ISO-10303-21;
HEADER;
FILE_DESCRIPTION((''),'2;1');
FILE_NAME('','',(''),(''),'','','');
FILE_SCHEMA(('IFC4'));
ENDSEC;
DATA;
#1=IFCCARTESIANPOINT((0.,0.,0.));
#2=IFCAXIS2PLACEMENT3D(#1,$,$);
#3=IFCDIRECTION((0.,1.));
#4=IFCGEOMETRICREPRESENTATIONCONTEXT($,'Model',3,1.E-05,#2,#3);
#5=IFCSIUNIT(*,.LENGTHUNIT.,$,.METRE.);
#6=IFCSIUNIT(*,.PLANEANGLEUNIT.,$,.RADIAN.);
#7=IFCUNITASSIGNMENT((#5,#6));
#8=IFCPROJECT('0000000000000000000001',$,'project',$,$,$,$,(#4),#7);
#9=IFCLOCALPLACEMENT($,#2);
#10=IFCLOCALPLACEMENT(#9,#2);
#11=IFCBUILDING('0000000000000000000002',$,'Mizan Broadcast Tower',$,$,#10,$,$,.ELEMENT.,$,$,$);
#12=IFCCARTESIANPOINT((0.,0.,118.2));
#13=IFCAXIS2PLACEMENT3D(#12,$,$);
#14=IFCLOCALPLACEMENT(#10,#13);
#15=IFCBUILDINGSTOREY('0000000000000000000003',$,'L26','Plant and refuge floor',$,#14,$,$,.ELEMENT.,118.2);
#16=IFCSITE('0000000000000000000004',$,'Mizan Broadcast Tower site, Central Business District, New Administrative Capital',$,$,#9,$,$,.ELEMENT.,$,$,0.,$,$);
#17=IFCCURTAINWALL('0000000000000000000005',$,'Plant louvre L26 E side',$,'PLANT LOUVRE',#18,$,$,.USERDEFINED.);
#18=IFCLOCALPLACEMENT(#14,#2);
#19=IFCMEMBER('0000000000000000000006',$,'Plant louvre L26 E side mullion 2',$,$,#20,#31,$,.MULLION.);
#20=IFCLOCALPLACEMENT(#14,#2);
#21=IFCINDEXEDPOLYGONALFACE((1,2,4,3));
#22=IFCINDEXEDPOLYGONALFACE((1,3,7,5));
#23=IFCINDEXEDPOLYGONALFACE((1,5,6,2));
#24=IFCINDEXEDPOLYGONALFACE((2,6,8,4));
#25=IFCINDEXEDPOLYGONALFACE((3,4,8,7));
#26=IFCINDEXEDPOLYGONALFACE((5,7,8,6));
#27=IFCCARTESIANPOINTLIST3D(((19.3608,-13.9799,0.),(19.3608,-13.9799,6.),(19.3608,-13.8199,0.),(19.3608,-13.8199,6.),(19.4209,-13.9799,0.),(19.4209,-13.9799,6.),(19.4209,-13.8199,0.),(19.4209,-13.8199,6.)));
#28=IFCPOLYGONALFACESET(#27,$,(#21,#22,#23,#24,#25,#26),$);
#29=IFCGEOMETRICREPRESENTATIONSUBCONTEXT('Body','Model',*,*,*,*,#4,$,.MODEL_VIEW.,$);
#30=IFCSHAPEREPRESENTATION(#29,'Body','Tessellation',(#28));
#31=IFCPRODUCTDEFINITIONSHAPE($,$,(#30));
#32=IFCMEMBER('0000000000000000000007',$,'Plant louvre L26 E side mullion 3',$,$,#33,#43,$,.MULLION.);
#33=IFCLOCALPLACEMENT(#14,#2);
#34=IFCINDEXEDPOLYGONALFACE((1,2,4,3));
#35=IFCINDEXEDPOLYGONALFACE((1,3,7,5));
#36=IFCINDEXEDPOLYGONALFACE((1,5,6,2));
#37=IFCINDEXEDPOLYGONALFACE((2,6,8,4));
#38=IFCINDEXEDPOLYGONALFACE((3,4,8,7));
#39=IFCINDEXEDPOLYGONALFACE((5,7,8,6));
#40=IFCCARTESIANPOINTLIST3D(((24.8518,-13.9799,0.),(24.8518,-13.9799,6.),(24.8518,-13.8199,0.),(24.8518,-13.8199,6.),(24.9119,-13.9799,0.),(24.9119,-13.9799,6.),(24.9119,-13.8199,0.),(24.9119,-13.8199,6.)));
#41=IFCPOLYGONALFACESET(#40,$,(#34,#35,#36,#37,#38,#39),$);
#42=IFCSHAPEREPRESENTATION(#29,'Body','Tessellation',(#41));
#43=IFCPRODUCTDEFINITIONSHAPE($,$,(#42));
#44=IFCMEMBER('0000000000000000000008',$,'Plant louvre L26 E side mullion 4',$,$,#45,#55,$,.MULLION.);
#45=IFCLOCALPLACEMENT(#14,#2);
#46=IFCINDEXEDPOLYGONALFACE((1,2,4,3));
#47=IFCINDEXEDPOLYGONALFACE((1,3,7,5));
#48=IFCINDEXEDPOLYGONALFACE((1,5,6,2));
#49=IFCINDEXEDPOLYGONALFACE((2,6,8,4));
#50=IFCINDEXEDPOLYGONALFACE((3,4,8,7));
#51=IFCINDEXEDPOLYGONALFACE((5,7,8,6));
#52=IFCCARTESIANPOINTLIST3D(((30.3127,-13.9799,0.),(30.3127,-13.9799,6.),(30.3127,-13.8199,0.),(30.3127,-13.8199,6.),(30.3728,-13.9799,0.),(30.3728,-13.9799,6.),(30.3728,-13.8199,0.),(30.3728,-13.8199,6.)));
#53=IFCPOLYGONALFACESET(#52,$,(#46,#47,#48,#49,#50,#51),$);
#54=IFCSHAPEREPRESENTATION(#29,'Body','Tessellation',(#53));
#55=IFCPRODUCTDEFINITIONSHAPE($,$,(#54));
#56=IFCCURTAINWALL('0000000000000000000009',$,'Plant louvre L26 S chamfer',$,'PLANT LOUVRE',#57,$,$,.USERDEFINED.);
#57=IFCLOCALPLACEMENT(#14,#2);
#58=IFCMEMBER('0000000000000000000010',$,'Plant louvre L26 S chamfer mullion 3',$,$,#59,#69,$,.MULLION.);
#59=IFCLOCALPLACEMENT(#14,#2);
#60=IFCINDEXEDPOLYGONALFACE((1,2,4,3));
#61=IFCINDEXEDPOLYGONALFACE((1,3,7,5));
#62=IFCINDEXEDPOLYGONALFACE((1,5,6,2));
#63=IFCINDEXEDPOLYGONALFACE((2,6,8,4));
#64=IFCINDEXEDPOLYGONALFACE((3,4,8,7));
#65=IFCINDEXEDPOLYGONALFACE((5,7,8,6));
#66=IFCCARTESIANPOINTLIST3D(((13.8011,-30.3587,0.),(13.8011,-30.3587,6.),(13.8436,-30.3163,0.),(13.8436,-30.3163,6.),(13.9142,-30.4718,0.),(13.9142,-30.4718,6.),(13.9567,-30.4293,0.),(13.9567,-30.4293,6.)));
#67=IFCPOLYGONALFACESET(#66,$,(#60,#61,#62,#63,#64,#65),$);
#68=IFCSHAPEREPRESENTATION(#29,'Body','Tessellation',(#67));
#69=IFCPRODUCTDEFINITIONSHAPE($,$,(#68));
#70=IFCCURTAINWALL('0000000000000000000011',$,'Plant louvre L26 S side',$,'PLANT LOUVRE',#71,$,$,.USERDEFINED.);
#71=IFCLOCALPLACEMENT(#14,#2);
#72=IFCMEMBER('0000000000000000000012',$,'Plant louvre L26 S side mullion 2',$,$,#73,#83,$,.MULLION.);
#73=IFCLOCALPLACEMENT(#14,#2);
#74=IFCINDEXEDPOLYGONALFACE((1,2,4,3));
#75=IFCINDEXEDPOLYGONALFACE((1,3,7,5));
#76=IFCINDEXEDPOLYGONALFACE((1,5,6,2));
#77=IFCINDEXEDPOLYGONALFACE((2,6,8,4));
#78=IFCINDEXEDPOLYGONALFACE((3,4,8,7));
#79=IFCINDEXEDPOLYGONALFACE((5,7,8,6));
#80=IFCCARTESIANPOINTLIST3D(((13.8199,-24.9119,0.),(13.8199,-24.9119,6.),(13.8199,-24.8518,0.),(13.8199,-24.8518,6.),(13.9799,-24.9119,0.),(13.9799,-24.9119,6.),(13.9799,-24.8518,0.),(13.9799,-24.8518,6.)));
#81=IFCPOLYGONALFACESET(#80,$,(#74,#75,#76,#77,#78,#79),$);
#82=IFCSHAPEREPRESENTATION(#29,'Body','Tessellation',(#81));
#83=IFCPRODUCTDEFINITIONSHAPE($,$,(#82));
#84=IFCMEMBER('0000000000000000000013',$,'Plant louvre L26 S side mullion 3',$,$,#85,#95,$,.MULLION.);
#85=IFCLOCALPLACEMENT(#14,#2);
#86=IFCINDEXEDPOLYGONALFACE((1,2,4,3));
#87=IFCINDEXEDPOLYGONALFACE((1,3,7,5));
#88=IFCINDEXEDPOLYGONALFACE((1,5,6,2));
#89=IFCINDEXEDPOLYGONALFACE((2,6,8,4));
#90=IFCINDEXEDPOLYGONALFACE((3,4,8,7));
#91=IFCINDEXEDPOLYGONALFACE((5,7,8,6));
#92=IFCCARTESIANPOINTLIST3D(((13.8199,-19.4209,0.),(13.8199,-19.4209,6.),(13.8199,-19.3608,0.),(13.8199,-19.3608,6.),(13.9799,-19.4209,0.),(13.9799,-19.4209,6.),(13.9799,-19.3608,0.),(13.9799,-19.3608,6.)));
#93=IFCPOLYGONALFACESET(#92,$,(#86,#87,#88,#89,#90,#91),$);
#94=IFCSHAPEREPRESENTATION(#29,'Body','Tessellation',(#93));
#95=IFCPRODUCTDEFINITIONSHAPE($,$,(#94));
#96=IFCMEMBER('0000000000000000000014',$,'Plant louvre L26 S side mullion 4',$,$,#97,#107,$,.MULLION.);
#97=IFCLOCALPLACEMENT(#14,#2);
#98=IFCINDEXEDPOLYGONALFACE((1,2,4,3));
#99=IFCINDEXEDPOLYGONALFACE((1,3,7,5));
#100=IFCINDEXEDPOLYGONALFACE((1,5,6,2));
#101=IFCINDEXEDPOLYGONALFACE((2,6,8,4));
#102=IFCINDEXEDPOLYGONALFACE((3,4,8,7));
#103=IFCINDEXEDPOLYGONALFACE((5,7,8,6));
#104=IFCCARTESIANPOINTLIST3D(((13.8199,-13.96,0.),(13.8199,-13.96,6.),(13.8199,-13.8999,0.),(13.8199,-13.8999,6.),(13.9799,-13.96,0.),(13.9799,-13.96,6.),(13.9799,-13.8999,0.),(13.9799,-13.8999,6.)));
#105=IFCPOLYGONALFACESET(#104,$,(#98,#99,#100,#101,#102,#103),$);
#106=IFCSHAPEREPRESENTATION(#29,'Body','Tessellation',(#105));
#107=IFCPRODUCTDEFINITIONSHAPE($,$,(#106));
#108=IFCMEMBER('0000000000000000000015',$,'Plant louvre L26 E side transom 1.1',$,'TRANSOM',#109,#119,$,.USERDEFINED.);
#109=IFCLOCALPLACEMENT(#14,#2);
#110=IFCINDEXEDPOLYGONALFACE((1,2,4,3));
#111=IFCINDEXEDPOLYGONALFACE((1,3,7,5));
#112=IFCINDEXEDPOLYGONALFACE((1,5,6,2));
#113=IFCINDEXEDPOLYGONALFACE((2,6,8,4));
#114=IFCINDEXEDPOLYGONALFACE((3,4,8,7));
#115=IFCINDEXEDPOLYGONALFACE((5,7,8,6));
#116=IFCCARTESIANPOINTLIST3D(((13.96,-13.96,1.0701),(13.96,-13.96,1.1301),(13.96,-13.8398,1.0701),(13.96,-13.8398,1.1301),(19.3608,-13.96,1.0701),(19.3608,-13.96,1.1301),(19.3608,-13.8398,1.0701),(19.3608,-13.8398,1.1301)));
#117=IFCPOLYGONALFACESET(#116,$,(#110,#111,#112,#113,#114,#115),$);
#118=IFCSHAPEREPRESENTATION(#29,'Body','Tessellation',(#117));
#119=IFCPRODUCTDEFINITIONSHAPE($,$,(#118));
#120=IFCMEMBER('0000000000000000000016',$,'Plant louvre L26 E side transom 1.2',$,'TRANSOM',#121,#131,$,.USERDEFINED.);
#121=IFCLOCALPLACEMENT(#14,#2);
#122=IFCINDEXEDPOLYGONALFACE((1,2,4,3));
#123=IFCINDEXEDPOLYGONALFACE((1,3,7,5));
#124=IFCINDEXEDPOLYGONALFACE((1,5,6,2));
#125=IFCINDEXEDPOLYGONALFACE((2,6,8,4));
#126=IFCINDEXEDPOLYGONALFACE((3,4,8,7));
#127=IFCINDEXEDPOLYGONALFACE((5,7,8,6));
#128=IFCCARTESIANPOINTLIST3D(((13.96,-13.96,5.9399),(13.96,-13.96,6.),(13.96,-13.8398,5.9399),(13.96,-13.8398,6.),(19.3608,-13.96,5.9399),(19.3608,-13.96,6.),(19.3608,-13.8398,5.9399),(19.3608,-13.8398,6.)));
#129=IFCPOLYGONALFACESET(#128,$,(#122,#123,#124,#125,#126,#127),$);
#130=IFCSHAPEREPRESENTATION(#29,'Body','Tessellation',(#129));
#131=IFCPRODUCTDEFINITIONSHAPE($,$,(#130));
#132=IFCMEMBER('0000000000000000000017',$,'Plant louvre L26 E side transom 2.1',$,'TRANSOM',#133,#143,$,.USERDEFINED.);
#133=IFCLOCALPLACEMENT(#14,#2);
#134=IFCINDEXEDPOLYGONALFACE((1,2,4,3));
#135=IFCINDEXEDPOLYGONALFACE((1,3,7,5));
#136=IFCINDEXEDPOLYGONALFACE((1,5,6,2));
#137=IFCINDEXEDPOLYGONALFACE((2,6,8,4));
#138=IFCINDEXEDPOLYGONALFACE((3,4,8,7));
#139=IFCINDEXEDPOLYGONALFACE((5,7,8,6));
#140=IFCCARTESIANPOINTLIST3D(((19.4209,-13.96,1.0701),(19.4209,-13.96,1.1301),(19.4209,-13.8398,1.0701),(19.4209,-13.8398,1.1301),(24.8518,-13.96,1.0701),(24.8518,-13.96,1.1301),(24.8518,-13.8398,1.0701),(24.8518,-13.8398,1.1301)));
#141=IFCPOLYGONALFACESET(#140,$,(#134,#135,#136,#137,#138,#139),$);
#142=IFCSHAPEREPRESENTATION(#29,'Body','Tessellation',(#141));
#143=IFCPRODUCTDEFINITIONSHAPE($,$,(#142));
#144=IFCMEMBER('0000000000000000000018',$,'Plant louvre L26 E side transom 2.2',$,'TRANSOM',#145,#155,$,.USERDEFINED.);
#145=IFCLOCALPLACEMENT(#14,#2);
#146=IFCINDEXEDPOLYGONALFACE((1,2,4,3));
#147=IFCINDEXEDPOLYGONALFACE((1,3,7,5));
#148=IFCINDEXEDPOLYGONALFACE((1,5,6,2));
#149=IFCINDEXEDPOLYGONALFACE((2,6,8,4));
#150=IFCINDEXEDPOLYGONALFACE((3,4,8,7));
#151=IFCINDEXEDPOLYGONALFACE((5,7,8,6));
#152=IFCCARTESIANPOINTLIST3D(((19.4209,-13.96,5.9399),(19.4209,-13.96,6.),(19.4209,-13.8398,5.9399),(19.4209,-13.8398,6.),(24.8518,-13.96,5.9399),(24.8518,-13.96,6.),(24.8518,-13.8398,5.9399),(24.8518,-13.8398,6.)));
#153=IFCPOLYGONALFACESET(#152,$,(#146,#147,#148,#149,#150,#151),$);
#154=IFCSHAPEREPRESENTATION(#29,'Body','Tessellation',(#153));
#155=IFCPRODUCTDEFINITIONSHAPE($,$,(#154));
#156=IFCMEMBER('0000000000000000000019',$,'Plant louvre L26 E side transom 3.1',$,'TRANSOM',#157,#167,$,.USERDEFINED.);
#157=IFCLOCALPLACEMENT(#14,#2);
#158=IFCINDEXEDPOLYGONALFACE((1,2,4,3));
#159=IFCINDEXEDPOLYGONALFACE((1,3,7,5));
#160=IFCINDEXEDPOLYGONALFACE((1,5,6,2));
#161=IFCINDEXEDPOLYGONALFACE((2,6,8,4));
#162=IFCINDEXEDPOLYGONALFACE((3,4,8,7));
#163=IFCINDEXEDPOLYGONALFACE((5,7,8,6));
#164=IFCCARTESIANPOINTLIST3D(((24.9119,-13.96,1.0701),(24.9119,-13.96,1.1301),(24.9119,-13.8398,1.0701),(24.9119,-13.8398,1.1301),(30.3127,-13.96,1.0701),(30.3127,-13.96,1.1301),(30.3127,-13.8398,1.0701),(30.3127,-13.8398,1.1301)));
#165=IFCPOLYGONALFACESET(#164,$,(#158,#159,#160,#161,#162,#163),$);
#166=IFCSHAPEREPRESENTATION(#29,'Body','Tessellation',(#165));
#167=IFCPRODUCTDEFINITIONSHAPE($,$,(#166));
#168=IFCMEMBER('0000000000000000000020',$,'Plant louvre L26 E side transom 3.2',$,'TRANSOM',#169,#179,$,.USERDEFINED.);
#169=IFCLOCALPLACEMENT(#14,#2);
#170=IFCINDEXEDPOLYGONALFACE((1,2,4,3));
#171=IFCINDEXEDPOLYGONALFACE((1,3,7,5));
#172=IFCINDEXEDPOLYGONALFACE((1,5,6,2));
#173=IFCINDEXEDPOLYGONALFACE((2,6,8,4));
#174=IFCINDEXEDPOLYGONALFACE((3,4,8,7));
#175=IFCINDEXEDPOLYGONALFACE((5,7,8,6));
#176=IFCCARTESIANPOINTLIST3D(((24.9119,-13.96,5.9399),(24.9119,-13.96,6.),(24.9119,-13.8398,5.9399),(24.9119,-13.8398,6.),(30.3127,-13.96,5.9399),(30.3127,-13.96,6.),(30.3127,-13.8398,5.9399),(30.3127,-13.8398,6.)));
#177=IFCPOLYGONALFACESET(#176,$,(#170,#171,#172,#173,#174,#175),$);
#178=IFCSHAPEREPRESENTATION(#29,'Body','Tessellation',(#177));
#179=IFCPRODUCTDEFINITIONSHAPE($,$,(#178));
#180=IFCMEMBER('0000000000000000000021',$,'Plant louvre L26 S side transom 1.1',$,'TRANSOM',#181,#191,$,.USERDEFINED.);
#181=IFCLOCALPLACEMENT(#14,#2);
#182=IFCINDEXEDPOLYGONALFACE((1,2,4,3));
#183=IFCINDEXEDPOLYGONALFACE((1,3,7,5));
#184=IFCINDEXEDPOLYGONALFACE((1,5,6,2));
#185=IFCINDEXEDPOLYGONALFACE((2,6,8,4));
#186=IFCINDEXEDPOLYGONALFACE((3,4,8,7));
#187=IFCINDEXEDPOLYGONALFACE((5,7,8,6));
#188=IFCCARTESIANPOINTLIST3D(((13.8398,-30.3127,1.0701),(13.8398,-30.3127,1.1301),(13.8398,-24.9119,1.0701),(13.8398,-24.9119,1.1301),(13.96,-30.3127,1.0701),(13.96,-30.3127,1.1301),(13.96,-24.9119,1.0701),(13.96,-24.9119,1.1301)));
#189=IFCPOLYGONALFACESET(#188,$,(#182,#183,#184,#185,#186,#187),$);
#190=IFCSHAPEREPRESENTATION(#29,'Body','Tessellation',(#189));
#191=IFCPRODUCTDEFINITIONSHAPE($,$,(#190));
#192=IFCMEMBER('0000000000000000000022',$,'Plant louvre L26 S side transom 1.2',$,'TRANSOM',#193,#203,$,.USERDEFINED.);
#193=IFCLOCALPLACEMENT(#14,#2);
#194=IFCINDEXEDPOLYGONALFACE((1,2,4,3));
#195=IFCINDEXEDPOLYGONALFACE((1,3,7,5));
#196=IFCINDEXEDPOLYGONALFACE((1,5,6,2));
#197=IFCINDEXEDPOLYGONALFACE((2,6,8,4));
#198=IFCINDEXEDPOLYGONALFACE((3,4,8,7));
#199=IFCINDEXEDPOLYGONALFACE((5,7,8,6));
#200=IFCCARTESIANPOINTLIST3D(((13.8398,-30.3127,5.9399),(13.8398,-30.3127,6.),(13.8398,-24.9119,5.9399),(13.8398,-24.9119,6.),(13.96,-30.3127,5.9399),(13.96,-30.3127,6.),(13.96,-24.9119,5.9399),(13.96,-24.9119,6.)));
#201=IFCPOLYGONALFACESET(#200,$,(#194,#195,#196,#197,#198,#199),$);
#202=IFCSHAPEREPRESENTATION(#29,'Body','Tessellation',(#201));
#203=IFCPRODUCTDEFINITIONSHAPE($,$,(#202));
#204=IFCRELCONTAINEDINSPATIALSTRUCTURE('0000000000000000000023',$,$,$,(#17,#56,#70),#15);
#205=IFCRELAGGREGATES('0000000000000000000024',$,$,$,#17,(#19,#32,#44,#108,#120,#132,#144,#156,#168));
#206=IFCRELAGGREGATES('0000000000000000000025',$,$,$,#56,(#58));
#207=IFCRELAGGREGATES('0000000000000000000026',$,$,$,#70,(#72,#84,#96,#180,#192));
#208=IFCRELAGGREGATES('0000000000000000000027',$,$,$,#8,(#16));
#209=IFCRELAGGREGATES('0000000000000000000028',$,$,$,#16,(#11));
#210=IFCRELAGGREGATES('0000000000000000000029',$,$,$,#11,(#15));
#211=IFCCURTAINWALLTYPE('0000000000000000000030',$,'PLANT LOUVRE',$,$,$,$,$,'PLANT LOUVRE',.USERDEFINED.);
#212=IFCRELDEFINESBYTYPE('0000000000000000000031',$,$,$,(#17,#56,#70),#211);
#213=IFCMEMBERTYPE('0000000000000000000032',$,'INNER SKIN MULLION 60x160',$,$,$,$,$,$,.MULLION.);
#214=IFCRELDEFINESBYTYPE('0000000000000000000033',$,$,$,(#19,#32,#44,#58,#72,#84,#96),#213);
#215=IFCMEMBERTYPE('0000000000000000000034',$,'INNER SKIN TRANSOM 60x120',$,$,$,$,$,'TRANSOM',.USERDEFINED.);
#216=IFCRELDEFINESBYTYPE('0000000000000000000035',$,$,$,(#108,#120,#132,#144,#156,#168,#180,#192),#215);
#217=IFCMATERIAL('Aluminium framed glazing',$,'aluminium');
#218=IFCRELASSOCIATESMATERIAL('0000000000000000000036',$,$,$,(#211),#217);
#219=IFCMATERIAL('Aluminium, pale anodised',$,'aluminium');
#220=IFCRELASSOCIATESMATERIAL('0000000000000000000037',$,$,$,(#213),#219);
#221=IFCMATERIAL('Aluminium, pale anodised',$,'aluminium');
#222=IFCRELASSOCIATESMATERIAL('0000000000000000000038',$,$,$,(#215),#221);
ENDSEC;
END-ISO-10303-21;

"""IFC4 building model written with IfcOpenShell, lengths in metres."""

from ifc_helpers import new_model, si_unit, direction, frame, origin, origin_2d, place, context, subcontext, project, spatial, rectangle, extrude, material, material_profile, profile_set, type_object, element, aggregate, save


model = new_model("IFC4")

# Units and contexts
model_context = context("Model", 3, precision=1e-05, world=origin(), true_north=direction((0.0, 1.0)))
body_context = subcontext(model_context, "Body", "Model", "MODEL_VIEW")
ifc_project = project(units=[si_unit("LENGTHUNIT", "METRE"), si_unit("PLANEANGLEUNIT", "RADIAN")], contexts=[model_context])

# Site, building, storey
site_placement = place(None, origin())
site = spatial("IfcSite", under=ifc_project, at=site_placement, Name="Mizan Broadcast Tower site, Central Business District, New Administrative Capital", CompositionType="ELEMENT", RefElevation=0.0)
building_placement = place(site_placement, origin())
building = spatial("IfcBuilding", under=site, at=building_placement, Name="Mizan Broadcast Tower", CompositionType="ELEMENT")
storey_placement = place(building_placement, frame((0.0, 0.0, 118.2)))
storey = spatial("IfcBuildingStorey", under=building, at=storey_placement, Name="L26", Description="Plant and refuge floor", CompositionType="ELEMENT", Elevation=118.2)

# Curtain wall, members
ifc_material_1 = material(Name="Aluminium framed glazing", Category="aluminium")
curtain_wall_type = type_object("IfcCurtainWallType", Name="PLANT LOUVRE", ElementType="PLANT LOUVRE", PredefinedType="USERDEFINED", material=ifc_material_1)
curtain_wall_1_placement = place(storey_placement, origin())
curtain_wall_1 = element("IfcCurtainWall", 1, at=curtain_wall_1_placement, inside=storey, type_object=curtain_wall_type, Name="Plant louvre L26 E side", ObjectType="PLANT LOUVRE", PredefinedType="USERDEFINED")
ifc_material_2 = material(Name="Aluminium, pale anodised", Category="aluminium")
ifc_material_profile_1 = material_profile(ifc_material_2, rectangle(XDim=0.1599, YDim=0.0601, at=origin_2d()), Name="MULLION 160x60")
ifc_profile_set_1 = profile_set([ifc_material_profile_1], Name="Aluminium, pale anodised")
member_type_1 = type_object("IfcMemberType", Name="INNER SKIN MULLION 60x160", PredefinedType="MULLION", material=ifc_profile_set_1)
member_1_placement = place(storey_placement, frame((19.3909, -13.8999, 0.0), z_axis=(0.0, 0.0, 1.0), x_axis=(0.0, 1.0, 0.0)))
member_1 = element("IfcMember", 2, at=member_1_placement, type_object=member_type_1, Name="Plant louvre L26 E side mullion 2", PredefinedType="MULLION", context=body_context, shape_type="SweptSolid", body=[
    extrude(rectangle(XDim=0.1599, YDim=0.0601, at=origin_2d()), origin(), (0.0, 0.0, 1.0), 6.0),
])
member_2_placement = place(storey_placement, frame((24.8818, -13.8999, 0.0), z_axis=(0.0, 0.0, 1.0), x_axis=(0.0, 1.0, 0.0)))
member_2 = element("IfcMember", 3, at=member_2_placement, type_object=member_type_1, Name="Plant louvre L26 E side mullion 3", PredefinedType="MULLION", context=body_context, shape_type="SweptSolid", body=[
    extrude(rectangle(XDim=0.1599, YDim=0.0601, at=origin_2d()), origin(), (0.0, 0.0, 1.0), 6.0),
])
member_3_placement = place(storey_placement, frame((30.3428, -13.8999, 0.0), z_axis=(0.0, 0.0, 1.0), x_axis=(0.0, 1.0, 0.0)))
member_3 = element("IfcMember", 4, at=member_3_placement, type_object=member_type_1, Name="Plant louvre L26 E side mullion 4", PredefinedType="MULLION", context=body_context, shape_type="SweptSolid", body=[
    extrude(rectangle(XDim=0.1599, YDim=0.0601, at=origin_2d()), origin(), (0.0, 0.0, 1.0), 6.0),
])

# Curtain wall, member
curtain_wall_2_placement = place(storey_placement, origin())
curtain_wall_2 = element("IfcCurtainWall", 5, at=curtain_wall_2_placement, inside=storey, type_object=curtain_wall_type, Name="Plant louvre L26 S chamfer", ObjectType="PLANT LOUVRE", PredefinedType="USERDEFINED")
member_4_placement = place(storey_placement, frame((13.8789, -30.394, 0.0), z_axis=(0.0, 0.0, 1.0), x_axis=(-0.707107, 0.707107, 0.0)))
member_4 = element("IfcMember", 6, at=member_4_placement, type_object=member_type_1, Name="Plant louvre L26 S chamfer mullion 3", PredefinedType="MULLION", context=body_context, shape_type="SweptSolid", body=[
    extrude(rectangle(XDim=0.1599, YDim=0.0601, at=origin_2d()), origin(), (0.0, 0.0, 1.0), 6.0),
])

# Curtain wall, members
curtain_wall_3_placement = place(storey_placement, origin())
curtain_wall_3 = element("IfcCurtainWall", 7, at=curtain_wall_3_placement, inside=storey, type_object=curtain_wall_type, Name="Plant louvre L26 S side", ObjectType="PLANT LOUVRE", PredefinedType="USERDEFINED")
member_5_placement = place(storey_placement, frame((13.8999, -24.8818, 0.0), z_axis=(0.0, 0.0, 1.0), x_axis=(-1.0, 0.0, 0.0)))
member_5 = element("IfcMember", 8, at=member_5_placement, type_object=member_type_1, Name="Plant louvre L26 S side mullion 2", PredefinedType="MULLION", context=body_context, shape_type="SweptSolid", body=[
    extrude(rectangle(XDim=0.1599, YDim=0.0601, at=origin_2d()), origin(), (0.0, 0.0, 1.0), 6.0),
])
member_6_placement = place(storey_placement, frame((13.8999, -19.3909, 0.0), z_axis=(0.0, 0.0, 1.0), x_axis=(-1.0, 0.0, 0.0)))
member_6 = element("IfcMember", 9, at=member_6_placement, type_object=member_type_1, Name="Plant louvre L26 S side mullion 3", PredefinedType="MULLION", context=body_context, shape_type="SweptSolid", body=[
    extrude(rectangle(XDim=0.1599, YDim=0.0601, at=origin_2d()), origin(), (0.0, 0.0, 1.0), 6.0),
])
member_7_placement = place(storey_placement, frame((13.8999, -13.9299, 0.0), z_axis=(0.0, 0.0, 1.0), x_axis=(-1.0, 0.0, 0.0)))
member_7 = element("IfcMember", 10, at=member_7_placement, type_object=member_type_1, Name="Plant louvre L26 S side mullion 4", PredefinedType="MULLION", context=body_context, shape_type="SweptSolid", body=[
    extrude(rectangle(XDim=0.1599, YDim=0.0601, at=origin_2d()), origin(), (0.0, 0.0, 1.0), 6.0),
])

# Members
ifc_material_3 = material(Name="Aluminium, pale anodised", Category="aluminium")
ifc_material_profile_2 = material_profile(ifc_material_3, rectangle(XDim=0.1201, YDim=0.0601, at=origin_2d()), Name="TRANSOM 120x60")
ifc_profile_set_2 = profile_set([ifc_material_profile_2], Name="Aluminium, pale anodised")
member_type_2 = type_object("IfcMemberType", Name="INNER SKIN TRANSOM 60x120", ElementType="TRANSOM", PredefinedType="USERDEFINED", material=ifc_profile_set_2)
member_8_placement = place(storey_placement, frame((13.96, -13.8999, 1.1001), z_axis=(1.0, 0.0, 0.0), x_axis=(0.0, 1.0, 0.0)))
member_8 = element("IfcMember", 11, at=member_8_placement, type_object=member_type_2, Name="Plant louvre L26 E side transom 1.1", ObjectType="TRANSOM", PredefinedType="USERDEFINED", context=body_context, shape_type="SweptSolid", body=[
    extrude(rectangle(XDim=0.1201, YDim=0.0601, at=origin_2d()), origin(), (0.0, 0.0, 1.0), 5.4009),
])
member_9_placement = place(storey_placement, frame((13.96, -13.8999, 5.97), z_axis=(1.0, 0.0, 0.0), x_axis=(0.0, 1.0, 0.0)))
member_9 = element("IfcMember", 12, at=member_9_placement, type_object=member_type_2, Name="Plant louvre L26 E side transom 1.2", ObjectType="TRANSOM", PredefinedType="USERDEFINED", context=body_context, shape_type="SweptSolid", body=[
    extrude(rectangle(XDim=0.1201, YDim=0.0601, at=origin_2d()), origin(), (0.0, 0.0, 1.0), 5.4009),
])
member_10_placement = place(storey_placement, frame((19.4209, -13.8999, 1.1001), z_axis=(1.0, 0.0, 0.0), x_axis=(0.0, 1.0, 0.0)))
member_10 = element("IfcMember", 13, at=member_10_placement, type_object=member_type_2, Name="Plant louvre L26 E side transom 2.1", ObjectType="TRANSOM", PredefinedType="USERDEFINED", context=body_context, shape_type="SweptSolid", body=[
    extrude(rectangle(XDim=0.1201, YDim=0.0601, at=origin_2d()), origin(), (0.0, 0.0, 1.0), 5.4309),
])
member_11_placement = place(storey_placement, frame((19.4209, -13.8999, 5.97), z_axis=(1.0, 0.0, 0.0), x_axis=(0.0, 1.0, 0.0)))
member_11 = element("IfcMember", 14, at=member_11_placement, type_object=member_type_2, Name="Plant louvre L26 E side transom 2.2", ObjectType="TRANSOM", PredefinedType="USERDEFINED", context=body_context, shape_type="SweptSolid", body=[
    extrude(rectangle(XDim=0.1201, YDim=0.0601, at=origin_2d()), origin(), (0.0, 0.0, 1.0), 5.4309),
])
member_12_placement = place(storey_placement, frame((24.9119, -13.8999, 1.1001), z_axis=(1.0, 0.0, 0.0), x_axis=(0.0, 1.0, 0.0)))
member_12 = element("IfcMember", 15, at=member_12_placement, type_object=member_type_2, Name="Plant louvre L26 E side transom 3.1", ObjectType="TRANSOM", PredefinedType="USERDEFINED", context=body_context, shape_type="SweptSolid", body=[
    extrude(rectangle(XDim=0.1201, YDim=0.0601, at=origin_2d()), origin(), (0.0, 0.0, 1.0), 5.4009),
])
member_13_placement = place(storey_placement, frame((24.9119, -13.8999, 5.97), z_axis=(1.0, 0.0, 0.0), x_axis=(0.0, 1.0, 0.0)))
member_13 = element("IfcMember", 16, at=member_13_placement, type_object=member_type_2, Name="Plant louvre L26 E side transom 3.2", ObjectType="TRANSOM", PredefinedType="USERDEFINED", context=body_context, shape_type="SweptSolid", body=[
    extrude(rectangle(XDim=0.1201, YDim=0.0601, at=origin_2d()), origin(), (0.0, 0.0, 1.0), 5.4009),
])
member_14_placement = place(storey_placement, frame((13.8999, -30.3127, 1.1001), z_axis=(0.0, 1.0, 0.0), x_axis=(-1.0, 0.0, 0.0)))
member_14 = element("IfcMember", 17, at=member_14_placement, type_object=member_type_2, Name="Plant louvre L26 S side transom 1.1", ObjectType="TRANSOM", PredefinedType="USERDEFINED", context=body_context, shape_type="SweptSolid", body=[
    extrude(rectangle(XDim=0.1201, YDim=0.0601, at=origin_2d()), origin(), (0.0, 0.0, 1.0), 5.4009),
])
member_15_placement = place(storey_placement, frame((13.8999, -30.3127, 5.97), z_axis=(0.0, 1.0, 0.0), x_axis=(-1.0, 0.0, 0.0)))
member_15 = element("IfcMember", 18, at=member_15_placement, type_object=member_type_2, Name="Plant louvre L26 S side transom 1.2", ObjectType="TRANSOM", PredefinedType="USERDEFINED", context=body_context, shape_type="SweptSolid", body=[
    extrude(rectangle(XDim=0.1201, YDim=0.0601, at=origin_2d()), origin(), (0.0, 0.0, 1.0), 5.4009),
])

aggregate(curtain_wall_1, [member_1, member_2, member_3, member_8, member_9, member_10, member_11, member_12, member_13])
aggregate(curtain_wall_2, [member_4])
aggregate(curtain_wall_3, [member_5, member_6, member_7, member_14, member_15])

save(model, "model.ifc")
